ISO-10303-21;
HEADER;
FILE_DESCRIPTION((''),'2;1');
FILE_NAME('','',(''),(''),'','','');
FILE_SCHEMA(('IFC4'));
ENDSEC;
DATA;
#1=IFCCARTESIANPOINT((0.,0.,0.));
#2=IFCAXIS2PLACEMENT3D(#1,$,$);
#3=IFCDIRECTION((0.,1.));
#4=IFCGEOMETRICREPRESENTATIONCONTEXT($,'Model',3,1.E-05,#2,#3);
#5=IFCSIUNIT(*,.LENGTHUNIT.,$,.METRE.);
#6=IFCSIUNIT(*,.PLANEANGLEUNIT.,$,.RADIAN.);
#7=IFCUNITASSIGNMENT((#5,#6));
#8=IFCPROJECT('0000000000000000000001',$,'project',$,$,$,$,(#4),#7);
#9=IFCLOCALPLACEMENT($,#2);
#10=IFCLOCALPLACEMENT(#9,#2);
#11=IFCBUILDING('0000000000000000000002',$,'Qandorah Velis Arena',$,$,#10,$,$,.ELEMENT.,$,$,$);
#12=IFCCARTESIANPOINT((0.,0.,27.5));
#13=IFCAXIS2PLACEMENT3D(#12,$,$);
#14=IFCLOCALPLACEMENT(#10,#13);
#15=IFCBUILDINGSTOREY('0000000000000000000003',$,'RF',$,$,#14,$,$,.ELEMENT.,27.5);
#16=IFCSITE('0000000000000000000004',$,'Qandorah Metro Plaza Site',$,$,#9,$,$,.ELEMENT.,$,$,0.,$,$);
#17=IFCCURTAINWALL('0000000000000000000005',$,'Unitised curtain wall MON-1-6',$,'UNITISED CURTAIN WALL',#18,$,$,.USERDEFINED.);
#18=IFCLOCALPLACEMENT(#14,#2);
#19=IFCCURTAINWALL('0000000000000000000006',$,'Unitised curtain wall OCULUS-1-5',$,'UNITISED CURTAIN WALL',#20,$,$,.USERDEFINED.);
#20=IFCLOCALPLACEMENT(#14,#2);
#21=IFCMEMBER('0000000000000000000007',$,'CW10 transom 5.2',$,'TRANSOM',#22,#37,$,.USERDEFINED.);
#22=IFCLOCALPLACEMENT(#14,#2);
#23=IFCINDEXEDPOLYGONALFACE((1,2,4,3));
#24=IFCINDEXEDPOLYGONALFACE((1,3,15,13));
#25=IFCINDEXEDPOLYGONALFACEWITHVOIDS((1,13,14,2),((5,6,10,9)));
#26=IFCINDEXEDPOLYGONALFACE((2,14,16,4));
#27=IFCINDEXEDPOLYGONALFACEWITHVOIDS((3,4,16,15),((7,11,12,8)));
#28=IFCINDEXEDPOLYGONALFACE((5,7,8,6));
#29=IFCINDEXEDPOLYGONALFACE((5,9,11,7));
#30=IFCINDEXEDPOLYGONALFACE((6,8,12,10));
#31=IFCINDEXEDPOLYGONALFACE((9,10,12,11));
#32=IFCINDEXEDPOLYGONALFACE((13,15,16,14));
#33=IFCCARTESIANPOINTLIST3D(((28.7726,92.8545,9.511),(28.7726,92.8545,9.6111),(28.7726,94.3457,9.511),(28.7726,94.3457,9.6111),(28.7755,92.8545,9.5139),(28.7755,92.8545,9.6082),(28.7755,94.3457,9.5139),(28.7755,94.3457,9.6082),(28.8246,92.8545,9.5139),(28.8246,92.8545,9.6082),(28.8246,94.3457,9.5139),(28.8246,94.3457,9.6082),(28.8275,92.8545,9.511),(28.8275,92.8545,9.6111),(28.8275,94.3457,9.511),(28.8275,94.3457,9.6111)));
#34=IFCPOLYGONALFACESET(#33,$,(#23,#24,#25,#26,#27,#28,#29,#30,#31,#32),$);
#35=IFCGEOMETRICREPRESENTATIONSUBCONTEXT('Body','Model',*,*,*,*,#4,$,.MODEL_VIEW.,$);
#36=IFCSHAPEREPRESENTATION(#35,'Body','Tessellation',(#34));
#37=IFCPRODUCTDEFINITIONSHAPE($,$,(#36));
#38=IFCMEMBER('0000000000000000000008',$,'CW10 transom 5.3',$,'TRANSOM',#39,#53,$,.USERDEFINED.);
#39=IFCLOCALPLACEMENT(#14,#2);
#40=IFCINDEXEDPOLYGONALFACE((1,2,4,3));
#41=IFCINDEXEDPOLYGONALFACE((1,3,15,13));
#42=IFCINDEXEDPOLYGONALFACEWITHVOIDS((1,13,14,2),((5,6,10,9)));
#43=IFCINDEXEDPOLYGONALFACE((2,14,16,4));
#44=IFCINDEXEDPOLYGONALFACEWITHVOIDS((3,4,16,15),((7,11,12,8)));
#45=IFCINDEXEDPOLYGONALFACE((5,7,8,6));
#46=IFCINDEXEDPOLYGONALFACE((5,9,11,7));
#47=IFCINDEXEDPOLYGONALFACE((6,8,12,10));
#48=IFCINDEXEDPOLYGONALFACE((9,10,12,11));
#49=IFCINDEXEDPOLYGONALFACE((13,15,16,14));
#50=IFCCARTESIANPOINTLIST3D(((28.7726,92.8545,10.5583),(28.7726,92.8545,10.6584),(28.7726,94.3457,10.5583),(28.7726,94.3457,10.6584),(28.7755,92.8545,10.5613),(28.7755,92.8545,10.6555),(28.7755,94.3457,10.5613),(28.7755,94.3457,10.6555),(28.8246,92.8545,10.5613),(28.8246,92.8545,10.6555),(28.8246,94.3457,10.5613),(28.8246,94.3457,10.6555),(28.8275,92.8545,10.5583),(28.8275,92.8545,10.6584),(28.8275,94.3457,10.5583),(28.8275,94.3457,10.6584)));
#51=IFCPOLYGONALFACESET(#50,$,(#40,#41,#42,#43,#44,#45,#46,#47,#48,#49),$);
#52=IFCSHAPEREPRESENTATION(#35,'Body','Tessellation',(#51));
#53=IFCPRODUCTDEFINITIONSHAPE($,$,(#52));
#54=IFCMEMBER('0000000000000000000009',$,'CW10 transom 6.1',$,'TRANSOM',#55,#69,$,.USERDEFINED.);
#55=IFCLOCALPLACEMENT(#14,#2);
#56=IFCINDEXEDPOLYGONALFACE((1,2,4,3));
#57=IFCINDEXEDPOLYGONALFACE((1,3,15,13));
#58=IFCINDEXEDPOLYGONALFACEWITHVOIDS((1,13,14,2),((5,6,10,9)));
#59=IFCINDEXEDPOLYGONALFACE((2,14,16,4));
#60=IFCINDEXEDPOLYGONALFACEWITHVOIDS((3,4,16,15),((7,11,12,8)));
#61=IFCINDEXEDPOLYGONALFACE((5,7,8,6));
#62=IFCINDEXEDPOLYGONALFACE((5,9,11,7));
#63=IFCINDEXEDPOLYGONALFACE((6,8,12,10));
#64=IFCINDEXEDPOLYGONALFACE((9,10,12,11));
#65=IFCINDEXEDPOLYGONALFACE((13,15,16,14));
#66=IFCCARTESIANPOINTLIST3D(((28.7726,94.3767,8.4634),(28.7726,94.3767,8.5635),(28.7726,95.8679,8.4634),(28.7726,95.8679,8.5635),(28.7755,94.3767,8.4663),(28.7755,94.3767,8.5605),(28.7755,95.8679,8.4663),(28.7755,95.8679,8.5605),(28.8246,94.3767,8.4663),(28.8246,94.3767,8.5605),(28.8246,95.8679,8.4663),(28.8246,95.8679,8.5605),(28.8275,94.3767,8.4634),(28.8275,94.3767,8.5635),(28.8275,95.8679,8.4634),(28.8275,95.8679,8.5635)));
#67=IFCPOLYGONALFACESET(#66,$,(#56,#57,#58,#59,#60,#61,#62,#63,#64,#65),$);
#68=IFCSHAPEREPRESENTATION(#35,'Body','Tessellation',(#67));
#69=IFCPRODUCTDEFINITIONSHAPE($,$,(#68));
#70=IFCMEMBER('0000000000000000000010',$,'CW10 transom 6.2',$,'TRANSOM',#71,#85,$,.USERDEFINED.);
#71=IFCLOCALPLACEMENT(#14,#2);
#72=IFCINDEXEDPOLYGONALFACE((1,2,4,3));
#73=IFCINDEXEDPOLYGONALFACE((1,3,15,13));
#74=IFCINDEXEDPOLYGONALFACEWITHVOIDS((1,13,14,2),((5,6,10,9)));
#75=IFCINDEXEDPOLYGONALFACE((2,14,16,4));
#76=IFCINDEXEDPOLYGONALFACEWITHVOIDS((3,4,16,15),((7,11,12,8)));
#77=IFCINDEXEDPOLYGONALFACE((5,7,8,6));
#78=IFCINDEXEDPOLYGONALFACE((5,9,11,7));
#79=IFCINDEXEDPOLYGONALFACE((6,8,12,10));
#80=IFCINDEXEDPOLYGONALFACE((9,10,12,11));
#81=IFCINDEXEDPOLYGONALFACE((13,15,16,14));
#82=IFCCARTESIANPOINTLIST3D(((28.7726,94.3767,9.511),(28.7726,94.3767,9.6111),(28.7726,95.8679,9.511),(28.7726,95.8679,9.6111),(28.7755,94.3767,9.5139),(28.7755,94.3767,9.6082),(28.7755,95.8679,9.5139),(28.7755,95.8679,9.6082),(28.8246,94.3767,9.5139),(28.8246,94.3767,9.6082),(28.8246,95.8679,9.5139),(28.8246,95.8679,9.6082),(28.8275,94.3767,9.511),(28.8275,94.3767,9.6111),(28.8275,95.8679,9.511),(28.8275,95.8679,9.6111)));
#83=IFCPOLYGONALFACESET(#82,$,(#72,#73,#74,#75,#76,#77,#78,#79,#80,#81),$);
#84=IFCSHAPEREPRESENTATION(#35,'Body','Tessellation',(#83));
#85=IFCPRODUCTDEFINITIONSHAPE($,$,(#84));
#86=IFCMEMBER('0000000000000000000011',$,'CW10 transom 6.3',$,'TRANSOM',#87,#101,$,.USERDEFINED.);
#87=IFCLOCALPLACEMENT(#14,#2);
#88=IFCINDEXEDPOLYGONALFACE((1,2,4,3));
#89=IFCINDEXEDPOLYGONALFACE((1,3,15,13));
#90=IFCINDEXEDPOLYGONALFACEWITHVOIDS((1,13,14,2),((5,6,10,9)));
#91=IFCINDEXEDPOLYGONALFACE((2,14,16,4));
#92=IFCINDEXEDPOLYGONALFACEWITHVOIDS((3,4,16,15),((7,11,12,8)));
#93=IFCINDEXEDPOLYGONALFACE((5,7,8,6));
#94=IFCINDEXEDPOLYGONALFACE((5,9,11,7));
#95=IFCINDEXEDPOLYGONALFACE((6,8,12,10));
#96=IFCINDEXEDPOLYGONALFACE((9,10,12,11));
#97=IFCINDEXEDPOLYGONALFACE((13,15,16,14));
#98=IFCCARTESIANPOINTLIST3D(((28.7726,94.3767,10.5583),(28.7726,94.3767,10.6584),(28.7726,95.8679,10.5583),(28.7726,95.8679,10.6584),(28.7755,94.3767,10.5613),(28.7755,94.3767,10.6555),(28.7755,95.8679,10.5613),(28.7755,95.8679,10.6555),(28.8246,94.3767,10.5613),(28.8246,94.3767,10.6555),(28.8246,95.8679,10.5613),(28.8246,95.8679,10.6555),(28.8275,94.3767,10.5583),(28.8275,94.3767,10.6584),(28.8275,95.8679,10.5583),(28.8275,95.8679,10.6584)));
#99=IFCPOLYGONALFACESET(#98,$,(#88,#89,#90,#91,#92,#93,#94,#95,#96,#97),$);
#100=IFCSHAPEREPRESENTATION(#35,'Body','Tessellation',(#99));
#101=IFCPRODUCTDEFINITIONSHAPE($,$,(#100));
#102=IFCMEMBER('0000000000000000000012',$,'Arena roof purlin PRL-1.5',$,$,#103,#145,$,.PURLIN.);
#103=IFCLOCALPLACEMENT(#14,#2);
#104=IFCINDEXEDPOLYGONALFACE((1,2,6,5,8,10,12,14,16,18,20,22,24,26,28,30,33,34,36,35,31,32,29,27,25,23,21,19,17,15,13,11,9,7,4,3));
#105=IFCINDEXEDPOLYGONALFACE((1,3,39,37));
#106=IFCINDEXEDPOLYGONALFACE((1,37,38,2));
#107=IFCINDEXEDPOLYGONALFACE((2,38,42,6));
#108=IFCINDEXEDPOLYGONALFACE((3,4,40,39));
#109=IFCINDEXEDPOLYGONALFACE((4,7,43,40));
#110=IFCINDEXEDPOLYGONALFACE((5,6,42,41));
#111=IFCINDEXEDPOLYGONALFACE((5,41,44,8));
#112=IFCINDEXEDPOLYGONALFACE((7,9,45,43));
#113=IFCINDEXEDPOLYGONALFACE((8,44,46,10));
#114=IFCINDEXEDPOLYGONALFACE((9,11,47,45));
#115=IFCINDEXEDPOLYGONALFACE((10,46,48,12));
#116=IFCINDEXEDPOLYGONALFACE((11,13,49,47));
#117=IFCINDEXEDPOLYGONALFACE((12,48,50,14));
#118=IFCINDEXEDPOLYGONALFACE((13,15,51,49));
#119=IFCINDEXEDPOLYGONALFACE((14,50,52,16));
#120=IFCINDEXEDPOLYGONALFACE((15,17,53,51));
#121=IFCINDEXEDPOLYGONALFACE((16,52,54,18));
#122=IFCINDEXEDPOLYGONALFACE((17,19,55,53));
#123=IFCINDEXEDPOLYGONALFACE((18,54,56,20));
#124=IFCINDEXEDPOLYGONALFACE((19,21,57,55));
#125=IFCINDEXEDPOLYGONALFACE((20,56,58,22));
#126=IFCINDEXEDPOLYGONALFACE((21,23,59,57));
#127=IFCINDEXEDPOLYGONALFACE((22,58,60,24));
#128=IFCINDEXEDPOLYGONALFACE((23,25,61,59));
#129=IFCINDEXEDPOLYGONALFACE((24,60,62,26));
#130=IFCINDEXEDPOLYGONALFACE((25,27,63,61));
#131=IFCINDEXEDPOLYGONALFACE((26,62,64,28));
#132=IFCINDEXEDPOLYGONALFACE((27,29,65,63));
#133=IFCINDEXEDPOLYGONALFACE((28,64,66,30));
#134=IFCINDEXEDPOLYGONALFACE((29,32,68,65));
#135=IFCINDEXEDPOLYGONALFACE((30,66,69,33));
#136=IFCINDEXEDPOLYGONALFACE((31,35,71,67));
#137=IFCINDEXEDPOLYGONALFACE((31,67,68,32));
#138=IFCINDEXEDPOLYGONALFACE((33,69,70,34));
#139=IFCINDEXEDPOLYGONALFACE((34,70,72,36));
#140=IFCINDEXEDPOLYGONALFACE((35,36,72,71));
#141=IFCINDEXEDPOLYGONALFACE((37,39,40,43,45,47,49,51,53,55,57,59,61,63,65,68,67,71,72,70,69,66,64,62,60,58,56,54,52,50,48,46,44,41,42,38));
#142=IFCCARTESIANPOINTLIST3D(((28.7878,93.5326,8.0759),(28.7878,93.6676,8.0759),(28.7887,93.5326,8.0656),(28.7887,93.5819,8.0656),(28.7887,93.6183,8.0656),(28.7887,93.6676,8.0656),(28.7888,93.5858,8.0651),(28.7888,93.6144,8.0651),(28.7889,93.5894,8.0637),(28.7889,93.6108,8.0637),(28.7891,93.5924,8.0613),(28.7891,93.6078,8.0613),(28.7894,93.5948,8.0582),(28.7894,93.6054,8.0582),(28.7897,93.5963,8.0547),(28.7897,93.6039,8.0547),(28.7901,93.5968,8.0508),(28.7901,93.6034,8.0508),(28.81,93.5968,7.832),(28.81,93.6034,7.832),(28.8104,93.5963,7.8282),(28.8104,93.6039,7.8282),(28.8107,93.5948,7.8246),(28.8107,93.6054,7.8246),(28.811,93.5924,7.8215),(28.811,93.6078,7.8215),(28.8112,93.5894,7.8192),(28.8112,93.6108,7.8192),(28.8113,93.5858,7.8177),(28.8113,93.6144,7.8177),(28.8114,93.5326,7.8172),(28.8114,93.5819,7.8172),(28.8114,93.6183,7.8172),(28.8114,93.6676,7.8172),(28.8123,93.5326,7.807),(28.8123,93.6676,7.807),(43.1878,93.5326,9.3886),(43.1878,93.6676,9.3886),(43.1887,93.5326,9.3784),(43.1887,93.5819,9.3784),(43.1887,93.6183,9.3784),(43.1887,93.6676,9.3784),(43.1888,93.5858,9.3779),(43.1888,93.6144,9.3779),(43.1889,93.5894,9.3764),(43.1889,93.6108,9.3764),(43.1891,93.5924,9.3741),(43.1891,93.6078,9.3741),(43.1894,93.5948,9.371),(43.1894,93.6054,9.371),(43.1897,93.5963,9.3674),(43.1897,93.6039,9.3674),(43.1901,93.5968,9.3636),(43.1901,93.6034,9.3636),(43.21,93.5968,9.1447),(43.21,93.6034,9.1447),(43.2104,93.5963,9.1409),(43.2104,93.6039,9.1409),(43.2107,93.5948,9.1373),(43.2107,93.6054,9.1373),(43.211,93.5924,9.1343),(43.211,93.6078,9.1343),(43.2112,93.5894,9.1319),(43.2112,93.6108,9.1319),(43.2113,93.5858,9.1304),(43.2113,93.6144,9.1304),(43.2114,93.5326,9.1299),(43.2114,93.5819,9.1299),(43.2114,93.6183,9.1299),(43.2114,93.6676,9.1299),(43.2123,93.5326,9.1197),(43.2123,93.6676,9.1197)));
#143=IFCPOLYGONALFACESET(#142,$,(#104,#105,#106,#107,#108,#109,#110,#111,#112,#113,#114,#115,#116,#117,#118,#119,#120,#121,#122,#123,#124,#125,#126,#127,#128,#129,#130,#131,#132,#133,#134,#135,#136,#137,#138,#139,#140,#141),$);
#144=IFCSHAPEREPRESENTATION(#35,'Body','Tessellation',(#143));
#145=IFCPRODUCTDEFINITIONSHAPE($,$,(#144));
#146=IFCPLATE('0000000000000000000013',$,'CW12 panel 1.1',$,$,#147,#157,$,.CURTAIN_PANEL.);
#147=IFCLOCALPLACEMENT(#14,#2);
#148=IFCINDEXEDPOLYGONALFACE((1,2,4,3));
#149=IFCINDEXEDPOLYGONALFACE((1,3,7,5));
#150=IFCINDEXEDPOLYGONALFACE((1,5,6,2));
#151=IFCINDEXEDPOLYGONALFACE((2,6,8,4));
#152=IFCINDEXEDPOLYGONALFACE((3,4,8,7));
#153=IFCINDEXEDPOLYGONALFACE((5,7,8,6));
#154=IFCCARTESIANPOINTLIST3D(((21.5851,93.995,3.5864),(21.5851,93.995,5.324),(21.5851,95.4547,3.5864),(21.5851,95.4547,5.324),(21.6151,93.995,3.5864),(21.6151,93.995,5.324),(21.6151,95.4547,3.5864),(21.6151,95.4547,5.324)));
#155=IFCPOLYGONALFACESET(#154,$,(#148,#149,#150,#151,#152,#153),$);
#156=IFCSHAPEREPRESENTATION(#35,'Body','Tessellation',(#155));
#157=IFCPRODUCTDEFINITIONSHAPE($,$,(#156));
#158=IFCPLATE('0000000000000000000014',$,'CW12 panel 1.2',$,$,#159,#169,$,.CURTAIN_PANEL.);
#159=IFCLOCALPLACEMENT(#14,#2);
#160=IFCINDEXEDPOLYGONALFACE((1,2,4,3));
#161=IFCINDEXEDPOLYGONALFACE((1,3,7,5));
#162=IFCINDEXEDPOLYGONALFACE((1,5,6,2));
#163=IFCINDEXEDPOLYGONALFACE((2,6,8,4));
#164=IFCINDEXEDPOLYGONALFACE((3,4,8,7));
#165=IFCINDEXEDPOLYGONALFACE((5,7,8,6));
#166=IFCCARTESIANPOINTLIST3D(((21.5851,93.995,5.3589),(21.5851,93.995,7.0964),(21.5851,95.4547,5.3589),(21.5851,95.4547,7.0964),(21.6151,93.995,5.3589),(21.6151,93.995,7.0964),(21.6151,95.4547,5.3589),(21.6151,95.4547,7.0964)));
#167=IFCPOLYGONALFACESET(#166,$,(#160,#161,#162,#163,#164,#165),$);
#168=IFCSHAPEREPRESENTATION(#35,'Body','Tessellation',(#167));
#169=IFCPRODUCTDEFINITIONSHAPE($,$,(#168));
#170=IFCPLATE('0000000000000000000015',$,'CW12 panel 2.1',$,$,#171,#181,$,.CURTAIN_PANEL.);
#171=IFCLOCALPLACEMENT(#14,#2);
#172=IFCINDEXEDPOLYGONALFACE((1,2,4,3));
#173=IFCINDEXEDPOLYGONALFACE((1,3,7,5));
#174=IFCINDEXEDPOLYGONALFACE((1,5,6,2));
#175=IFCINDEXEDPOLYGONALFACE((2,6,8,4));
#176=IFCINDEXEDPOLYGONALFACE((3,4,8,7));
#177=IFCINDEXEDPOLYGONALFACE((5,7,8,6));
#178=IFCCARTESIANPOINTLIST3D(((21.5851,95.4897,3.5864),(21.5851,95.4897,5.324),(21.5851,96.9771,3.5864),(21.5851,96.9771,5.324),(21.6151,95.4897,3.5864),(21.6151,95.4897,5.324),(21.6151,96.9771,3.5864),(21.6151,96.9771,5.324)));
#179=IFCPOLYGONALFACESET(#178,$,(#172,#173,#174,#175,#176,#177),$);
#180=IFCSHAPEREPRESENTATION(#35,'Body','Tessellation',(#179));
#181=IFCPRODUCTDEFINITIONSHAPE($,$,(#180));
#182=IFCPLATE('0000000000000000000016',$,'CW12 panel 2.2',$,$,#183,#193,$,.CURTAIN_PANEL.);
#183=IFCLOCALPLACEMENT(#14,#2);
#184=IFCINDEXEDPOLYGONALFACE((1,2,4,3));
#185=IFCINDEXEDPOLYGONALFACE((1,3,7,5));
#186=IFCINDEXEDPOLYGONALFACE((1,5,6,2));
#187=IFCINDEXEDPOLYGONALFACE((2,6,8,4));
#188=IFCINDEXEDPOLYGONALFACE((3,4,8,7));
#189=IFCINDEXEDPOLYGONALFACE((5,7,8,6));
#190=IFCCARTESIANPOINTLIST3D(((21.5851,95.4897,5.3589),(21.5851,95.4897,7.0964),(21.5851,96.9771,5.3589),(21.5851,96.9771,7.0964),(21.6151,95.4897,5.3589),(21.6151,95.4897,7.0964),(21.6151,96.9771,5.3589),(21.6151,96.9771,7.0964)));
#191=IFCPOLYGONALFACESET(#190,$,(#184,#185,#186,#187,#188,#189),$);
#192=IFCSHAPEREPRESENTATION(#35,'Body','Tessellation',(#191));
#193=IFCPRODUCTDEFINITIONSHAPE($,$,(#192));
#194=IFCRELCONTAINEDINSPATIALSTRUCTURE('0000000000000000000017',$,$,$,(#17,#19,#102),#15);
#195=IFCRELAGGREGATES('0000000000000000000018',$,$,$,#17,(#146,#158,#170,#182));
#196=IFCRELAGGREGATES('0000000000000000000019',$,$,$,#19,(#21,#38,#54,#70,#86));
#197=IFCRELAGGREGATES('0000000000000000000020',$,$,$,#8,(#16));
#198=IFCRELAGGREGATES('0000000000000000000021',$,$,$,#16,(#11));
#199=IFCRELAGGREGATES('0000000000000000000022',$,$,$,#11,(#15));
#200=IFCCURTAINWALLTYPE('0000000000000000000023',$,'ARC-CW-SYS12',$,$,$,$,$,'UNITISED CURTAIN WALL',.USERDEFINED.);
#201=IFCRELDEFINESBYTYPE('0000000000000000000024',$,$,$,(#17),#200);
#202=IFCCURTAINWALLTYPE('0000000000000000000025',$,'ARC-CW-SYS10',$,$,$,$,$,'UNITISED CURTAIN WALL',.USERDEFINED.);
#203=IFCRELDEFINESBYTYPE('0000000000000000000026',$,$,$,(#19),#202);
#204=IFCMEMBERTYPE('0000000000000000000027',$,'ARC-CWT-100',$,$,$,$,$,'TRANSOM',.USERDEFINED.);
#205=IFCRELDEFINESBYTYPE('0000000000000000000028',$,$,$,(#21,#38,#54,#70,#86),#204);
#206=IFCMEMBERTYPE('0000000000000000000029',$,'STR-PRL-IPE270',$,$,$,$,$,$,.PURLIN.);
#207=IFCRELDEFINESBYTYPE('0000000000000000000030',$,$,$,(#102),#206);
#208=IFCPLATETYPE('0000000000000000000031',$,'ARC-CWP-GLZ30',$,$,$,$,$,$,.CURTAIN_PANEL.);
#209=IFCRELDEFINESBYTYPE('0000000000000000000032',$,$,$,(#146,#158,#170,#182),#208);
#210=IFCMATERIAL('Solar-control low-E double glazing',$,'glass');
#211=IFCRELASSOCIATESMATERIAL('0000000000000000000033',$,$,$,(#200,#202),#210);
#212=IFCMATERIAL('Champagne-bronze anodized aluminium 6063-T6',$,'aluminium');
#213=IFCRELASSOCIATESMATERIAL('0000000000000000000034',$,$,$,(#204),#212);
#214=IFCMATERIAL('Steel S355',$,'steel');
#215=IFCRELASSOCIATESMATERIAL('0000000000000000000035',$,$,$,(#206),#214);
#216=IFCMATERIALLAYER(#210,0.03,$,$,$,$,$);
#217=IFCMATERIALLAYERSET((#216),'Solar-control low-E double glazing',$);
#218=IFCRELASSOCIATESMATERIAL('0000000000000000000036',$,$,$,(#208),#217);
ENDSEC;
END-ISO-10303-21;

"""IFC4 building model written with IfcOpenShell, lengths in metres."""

from ifc_helpers import new_model, si_unit, direction, frame, origin, origin_2d, place, context, subcontext, project, spatial, rectangle, hollow_rectangle, i_section, extrude, material, layer, layer_set, material_profile, profile_set, type_object, element, aggregate, save


model = new_model("IFC4")

# Units and contexts
model_context = context("Model", 3, precision=1e-05, world=origin(), true_north=direction((0.0, 1.0)))
body_context = subcontext(model_context, "Body", "Model", "MODEL_VIEW")
ifc_project = project(units=[si_unit("LENGTHUNIT", "METRE"), si_unit("PLANEANGLEUNIT", "RADIAN")], contexts=[model_context])

# Site, building, storey
site_placement = place(None, origin())
site = spatial("IfcSite", under=ifc_project, at=site_placement, Name="Qandorah Metro Plaza Site", CompositionType="ELEMENT", RefElevation=0.0)
building_placement = place(site_placement, origin())
building = spatial("IfcBuilding", under=site, at=building_placement, Name="Qandorah Velis Arena", CompositionType="ELEMENT")
storey_placement = place(building_placement, frame((0.0, 0.0, 27.5)))
storey = spatial("IfcBuildingStorey", under=building, at=storey_placement, Name="RF", CompositionType="ELEMENT", Elevation=27.5)

# Shared definitions
ifc_material_1 = material(Name="Solar-control low-E double glazing", Category="glass")
ifc_material_2 = material(Name="Champagne-bronze anodized aluminium 6063-T6", Category="aluminium")

# Curtain wall
curtain_wall_type_1 = type_object("IfcCurtainWallType", Name="ARC-CW-SYS12", ElementType="UNITISED CURTAIN WALL", PredefinedType="USERDEFINED", material=ifc_material_1)
curtain_wall_1_placement = place(storey_placement, origin())
curtain_wall_1 = element("IfcCurtainWall", 1, at=curtain_wall_1_placement, inside=storey, type_object=curtain_wall_type_1, Name="Unitised curtain wall MON-1-6", ObjectType="UNITISED CURTAIN WALL", PredefinedType="USERDEFINED")

# Curtain wall
curtain_wall_type_2 = type_object("IfcCurtainWallType", Name="ARC-CW-SYS10", ElementType="UNITISED CURTAIN WALL", PredefinedType="USERDEFINED", material=ifc_material_1)
curtain_wall_2_placement = place(storey_placement, origin())
curtain_wall_2 = element("IfcCurtainWall", 2, at=curtain_wall_2_placement, inside=storey, type_object=curtain_wall_type_2, Name="Unitised curtain wall OCULUS-1-5", ObjectType="UNITISED CURTAIN WALL", PredefinedType="USERDEFINED")

# Members
ifc_material_profile_1 = material_profile(ifc_material_2, hollow_rectangle(XDim=0.0549, YDim=0.1001, WallThickness=0.0029, at=origin_2d()), Name="ALU TRANSOM 55x100")
ifc_profile_set_1 = profile_set([ifc_material_profile_1], Name="Champagne-bronze anodized aluminium 6063-T6")
member_type_1 = type_object("IfcMemberType", Name="ARC-CWT-100", ElementType="TRANSOM", PredefinedType="USERDEFINED", material=ifc_profile_set_1)
member_1_placement = place(storey_placement, frame((28.8, 92.8545, 9.561), z_axis=(0.0, 1.0, 0.0), x_axis=(-1.0, 0.0, 0.0)))
member_1 = element("IfcMember", 3, at=member_1_placement, type_object=member_type_1, Name="CW10 transom 5.2", ObjectType="TRANSOM", PredefinedType="USERDEFINED", context=body_context, shape_type="SweptSolid", body=[
    extrude(hollow_rectangle(XDim=0.0549, YDim=0.1001, WallThickness=0.0029, at=origin_2d()), origin(), (0.0, 0.0, 1.0), 1.4912),
])
member_2_placement = place(storey_placement, frame((28.8, 92.8545, 10.6084), z_axis=(0.0, 1.0, 0.0), x_axis=(-1.0, 0.0, 0.0)))
member_2 = element("IfcMember", 4, at=member_2_placement, type_object=member_type_1, Name="CW10 transom 5.3", ObjectType="TRANSOM", PredefinedType="USERDEFINED", context=body_context, shape_type="SweptSolid", body=[
    extrude(hollow_rectangle(XDim=0.0549, YDim=0.1001, WallThickness=0.0029, at=origin_2d()), origin(), (0.0, 0.0, 1.0), 1.4912),
])
member_3_placement = place(storey_placement, frame((28.8, 94.3767, 8.5134), z_axis=(0.0, 1.0, 0.0), x_axis=(-1.0, 0.0, 0.0)))
member_3 = element("IfcMember", 5, at=member_3_placement, type_object=member_type_1, Name="CW10 transom 6.1", ObjectType="TRANSOM", PredefinedType="USERDEFINED", context=body_context, shape_type="SweptSolid", body=[
    extrude(hollow_rectangle(XDim=0.0549, YDim=0.1001, WallThickness=0.0029, at=origin_2d()), origin(), (0.0, 0.0, 1.0), 1.4912),
])
member_4_placement = place(storey_placement, frame((28.8, 94.3767, 9.561), z_axis=(0.0, 1.0, 0.0), x_axis=(-1.0, 0.0, 0.0)))
member_4 = element("IfcMember", 6, at=member_4_placement, type_object=member_type_1, Name="CW10 transom 6.2", ObjectType="TRANSOM", PredefinedType="USERDEFINED", context=body_context, shape_type="SweptSolid", body=[
    extrude(hollow_rectangle(XDim=0.0549, YDim=0.1001, WallThickness=0.0029, at=origin_2d()), origin(), (0.0, 0.0, 1.0), 1.4912),
])
member_5_placement = place(storey_placement, frame((28.8, 94.3767, 10.6084), z_axis=(0.0, 1.0, 0.0), x_axis=(-1.0, 0.0, 0.0)))
member_5 = element("IfcMember", 7, at=member_5_placement, type_object=member_type_1, Name="CW10 transom 6.3", ObjectType="TRANSOM", PredefinedType="USERDEFINED", context=body_context, shape_type="SweptSolid", body=[
    extrude(hollow_rectangle(XDim=0.0549, YDim=0.1001, WallThickness=0.0029, at=origin_2d()), origin(), (0.0, 0.0, 1.0), 1.4912),
])
ifc_material_3 = material(Name="Steel S355", Category="steel")
ifc_material_profile_2 = material_profile(ifc_material_3, i_section(OverallWidth=0.135, OverallDepth=0.27, WebThickness=0.0066, FlangeThickness=0.0103, FilletRadius=0.0149, at=origin_2d()), Name="IPE 270")
ifc_profile_set_2 = profile_set([ifc_material_profile_2], Name="Steel S355")
member_type_2 = type_object("IfcMemberType", Name="STR-PRL-IPE270", PredefinedType="PURLIN", material=ifc_profile_set_2)
member_6_placement = place(storey_placement, frame((28.8, 93.6001, 7.9414), z_axis=(0.99587, 0.0, 0.090787), x_axis=(0.0, 1.0, 0.0)))
element("IfcMember", 8, at=member_6_placement, inside=storey, type_object=member_type_2, Name="Arena roof purlin PRL-1.5", PredefinedType="PURLIN", context=body_context, shape_type="SweptSolid", body=[
    extrude(i_section(OverallWidth=0.135, OverallDepth=0.27, WebThickness=0.0066, FlangeThickness=0.0103, FilletRadius=0.0149, at=origin_2d()), origin(), (0.0, 0.0, 1.0), 14.4597),
])

# Plates
ifc_layer = layer(ifc_material_1, 0.03)
ifc_layer_set = layer_set([ifc_layer], Name="Solar-control low-E double glazing")
plate_type = type_object("IfcPlateType", Name="ARC-CWP-GLZ30", PredefinedType="CURTAIN_PANEL", material=ifc_layer_set)
plate_1_placement = place(storey_placement, frame((21.6001, 94.7249, 3.5864), z_axis=(0.0, 0.0, 1.0), x_axis=(0.0, 1.0, 0.0)))
plate_1 = element("IfcPlate", 9, at=plate_1_placement, type_object=plate_type, Name="CW12 panel 1.1", PredefinedType="CURTAIN_PANEL", context=body_context, shape_type="SweptSolid", body=[
    extrude(rectangle(XDim=1.4597, YDim=0.03, at=origin_2d()), origin(), (0.0, 0.0, 1.0), 1.7375),
])
plate_2_placement = place(storey_placement, frame((21.6001, 94.7249, 5.3589), z_axis=(0.0, 0.0, 1.0), x_axis=(0.0, 1.0, 0.0)))
plate_2 = element("IfcPlate", 10, at=plate_2_placement, type_object=plate_type, Name="CW12 panel 1.2", PredefinedType="CURTAIN_PANEL", context=body_context, shape_type="SweptSolid", body=[
    extrude(rectangle(XDim=1.4597, YDim=0.03, at=origin_2d()), origin(), (0.0, 0.0, 1.0), 1.7375),
])
plate_3_placement = place(storey_placement, frame((21.6001, 96.2334, 3.5864), z_axis=(0.0, 0.0, 1.0), x_axis=(0.0, 1.0, 0.0)))
plate_3 = element("IfcPlate", 11, at=plate_3_placement, type_object=plate_type, Name="CW12 panel 2.1", PredefinedType="CURTAIN_PANEL", context=body_context, shape_type="SweptSolid", body=[
    extrude(rectangle(XDim=1.4873, YDim=0.03, at=origin_2d()), origin(), (0.0, 0.0, 1.0), 1.7375),
])
plate_4_placement = place(storey_placement, frame((21.6001, 96.2334, 5.3589), z_axis=(0.0, 0.0, 1.0), x_axis=(0.0, 1.0, 0.0)))
plate_4 = element("IfcPlate", 12, at=plate_4_placement, type_object=plate_type, Name="CW12 panel 2.2", PredefinedType="CURTAIN_PANEL", context=body_context, shape_type="SweptSolid", body=[
    extrude(rectangle(XDim=1.4873, YDim=0.03, at=origin_2d()), origin(), (0.0, 0.0, 1.0), 1.7375),
])
aggregate(curtain_wall_1, [plate_1, plate_2, plate_3, plate_4])
aggregate(curtain_wall_2, [member_1, member_2, member_3, member_4, member_5])

save(model, "model.ifc")
